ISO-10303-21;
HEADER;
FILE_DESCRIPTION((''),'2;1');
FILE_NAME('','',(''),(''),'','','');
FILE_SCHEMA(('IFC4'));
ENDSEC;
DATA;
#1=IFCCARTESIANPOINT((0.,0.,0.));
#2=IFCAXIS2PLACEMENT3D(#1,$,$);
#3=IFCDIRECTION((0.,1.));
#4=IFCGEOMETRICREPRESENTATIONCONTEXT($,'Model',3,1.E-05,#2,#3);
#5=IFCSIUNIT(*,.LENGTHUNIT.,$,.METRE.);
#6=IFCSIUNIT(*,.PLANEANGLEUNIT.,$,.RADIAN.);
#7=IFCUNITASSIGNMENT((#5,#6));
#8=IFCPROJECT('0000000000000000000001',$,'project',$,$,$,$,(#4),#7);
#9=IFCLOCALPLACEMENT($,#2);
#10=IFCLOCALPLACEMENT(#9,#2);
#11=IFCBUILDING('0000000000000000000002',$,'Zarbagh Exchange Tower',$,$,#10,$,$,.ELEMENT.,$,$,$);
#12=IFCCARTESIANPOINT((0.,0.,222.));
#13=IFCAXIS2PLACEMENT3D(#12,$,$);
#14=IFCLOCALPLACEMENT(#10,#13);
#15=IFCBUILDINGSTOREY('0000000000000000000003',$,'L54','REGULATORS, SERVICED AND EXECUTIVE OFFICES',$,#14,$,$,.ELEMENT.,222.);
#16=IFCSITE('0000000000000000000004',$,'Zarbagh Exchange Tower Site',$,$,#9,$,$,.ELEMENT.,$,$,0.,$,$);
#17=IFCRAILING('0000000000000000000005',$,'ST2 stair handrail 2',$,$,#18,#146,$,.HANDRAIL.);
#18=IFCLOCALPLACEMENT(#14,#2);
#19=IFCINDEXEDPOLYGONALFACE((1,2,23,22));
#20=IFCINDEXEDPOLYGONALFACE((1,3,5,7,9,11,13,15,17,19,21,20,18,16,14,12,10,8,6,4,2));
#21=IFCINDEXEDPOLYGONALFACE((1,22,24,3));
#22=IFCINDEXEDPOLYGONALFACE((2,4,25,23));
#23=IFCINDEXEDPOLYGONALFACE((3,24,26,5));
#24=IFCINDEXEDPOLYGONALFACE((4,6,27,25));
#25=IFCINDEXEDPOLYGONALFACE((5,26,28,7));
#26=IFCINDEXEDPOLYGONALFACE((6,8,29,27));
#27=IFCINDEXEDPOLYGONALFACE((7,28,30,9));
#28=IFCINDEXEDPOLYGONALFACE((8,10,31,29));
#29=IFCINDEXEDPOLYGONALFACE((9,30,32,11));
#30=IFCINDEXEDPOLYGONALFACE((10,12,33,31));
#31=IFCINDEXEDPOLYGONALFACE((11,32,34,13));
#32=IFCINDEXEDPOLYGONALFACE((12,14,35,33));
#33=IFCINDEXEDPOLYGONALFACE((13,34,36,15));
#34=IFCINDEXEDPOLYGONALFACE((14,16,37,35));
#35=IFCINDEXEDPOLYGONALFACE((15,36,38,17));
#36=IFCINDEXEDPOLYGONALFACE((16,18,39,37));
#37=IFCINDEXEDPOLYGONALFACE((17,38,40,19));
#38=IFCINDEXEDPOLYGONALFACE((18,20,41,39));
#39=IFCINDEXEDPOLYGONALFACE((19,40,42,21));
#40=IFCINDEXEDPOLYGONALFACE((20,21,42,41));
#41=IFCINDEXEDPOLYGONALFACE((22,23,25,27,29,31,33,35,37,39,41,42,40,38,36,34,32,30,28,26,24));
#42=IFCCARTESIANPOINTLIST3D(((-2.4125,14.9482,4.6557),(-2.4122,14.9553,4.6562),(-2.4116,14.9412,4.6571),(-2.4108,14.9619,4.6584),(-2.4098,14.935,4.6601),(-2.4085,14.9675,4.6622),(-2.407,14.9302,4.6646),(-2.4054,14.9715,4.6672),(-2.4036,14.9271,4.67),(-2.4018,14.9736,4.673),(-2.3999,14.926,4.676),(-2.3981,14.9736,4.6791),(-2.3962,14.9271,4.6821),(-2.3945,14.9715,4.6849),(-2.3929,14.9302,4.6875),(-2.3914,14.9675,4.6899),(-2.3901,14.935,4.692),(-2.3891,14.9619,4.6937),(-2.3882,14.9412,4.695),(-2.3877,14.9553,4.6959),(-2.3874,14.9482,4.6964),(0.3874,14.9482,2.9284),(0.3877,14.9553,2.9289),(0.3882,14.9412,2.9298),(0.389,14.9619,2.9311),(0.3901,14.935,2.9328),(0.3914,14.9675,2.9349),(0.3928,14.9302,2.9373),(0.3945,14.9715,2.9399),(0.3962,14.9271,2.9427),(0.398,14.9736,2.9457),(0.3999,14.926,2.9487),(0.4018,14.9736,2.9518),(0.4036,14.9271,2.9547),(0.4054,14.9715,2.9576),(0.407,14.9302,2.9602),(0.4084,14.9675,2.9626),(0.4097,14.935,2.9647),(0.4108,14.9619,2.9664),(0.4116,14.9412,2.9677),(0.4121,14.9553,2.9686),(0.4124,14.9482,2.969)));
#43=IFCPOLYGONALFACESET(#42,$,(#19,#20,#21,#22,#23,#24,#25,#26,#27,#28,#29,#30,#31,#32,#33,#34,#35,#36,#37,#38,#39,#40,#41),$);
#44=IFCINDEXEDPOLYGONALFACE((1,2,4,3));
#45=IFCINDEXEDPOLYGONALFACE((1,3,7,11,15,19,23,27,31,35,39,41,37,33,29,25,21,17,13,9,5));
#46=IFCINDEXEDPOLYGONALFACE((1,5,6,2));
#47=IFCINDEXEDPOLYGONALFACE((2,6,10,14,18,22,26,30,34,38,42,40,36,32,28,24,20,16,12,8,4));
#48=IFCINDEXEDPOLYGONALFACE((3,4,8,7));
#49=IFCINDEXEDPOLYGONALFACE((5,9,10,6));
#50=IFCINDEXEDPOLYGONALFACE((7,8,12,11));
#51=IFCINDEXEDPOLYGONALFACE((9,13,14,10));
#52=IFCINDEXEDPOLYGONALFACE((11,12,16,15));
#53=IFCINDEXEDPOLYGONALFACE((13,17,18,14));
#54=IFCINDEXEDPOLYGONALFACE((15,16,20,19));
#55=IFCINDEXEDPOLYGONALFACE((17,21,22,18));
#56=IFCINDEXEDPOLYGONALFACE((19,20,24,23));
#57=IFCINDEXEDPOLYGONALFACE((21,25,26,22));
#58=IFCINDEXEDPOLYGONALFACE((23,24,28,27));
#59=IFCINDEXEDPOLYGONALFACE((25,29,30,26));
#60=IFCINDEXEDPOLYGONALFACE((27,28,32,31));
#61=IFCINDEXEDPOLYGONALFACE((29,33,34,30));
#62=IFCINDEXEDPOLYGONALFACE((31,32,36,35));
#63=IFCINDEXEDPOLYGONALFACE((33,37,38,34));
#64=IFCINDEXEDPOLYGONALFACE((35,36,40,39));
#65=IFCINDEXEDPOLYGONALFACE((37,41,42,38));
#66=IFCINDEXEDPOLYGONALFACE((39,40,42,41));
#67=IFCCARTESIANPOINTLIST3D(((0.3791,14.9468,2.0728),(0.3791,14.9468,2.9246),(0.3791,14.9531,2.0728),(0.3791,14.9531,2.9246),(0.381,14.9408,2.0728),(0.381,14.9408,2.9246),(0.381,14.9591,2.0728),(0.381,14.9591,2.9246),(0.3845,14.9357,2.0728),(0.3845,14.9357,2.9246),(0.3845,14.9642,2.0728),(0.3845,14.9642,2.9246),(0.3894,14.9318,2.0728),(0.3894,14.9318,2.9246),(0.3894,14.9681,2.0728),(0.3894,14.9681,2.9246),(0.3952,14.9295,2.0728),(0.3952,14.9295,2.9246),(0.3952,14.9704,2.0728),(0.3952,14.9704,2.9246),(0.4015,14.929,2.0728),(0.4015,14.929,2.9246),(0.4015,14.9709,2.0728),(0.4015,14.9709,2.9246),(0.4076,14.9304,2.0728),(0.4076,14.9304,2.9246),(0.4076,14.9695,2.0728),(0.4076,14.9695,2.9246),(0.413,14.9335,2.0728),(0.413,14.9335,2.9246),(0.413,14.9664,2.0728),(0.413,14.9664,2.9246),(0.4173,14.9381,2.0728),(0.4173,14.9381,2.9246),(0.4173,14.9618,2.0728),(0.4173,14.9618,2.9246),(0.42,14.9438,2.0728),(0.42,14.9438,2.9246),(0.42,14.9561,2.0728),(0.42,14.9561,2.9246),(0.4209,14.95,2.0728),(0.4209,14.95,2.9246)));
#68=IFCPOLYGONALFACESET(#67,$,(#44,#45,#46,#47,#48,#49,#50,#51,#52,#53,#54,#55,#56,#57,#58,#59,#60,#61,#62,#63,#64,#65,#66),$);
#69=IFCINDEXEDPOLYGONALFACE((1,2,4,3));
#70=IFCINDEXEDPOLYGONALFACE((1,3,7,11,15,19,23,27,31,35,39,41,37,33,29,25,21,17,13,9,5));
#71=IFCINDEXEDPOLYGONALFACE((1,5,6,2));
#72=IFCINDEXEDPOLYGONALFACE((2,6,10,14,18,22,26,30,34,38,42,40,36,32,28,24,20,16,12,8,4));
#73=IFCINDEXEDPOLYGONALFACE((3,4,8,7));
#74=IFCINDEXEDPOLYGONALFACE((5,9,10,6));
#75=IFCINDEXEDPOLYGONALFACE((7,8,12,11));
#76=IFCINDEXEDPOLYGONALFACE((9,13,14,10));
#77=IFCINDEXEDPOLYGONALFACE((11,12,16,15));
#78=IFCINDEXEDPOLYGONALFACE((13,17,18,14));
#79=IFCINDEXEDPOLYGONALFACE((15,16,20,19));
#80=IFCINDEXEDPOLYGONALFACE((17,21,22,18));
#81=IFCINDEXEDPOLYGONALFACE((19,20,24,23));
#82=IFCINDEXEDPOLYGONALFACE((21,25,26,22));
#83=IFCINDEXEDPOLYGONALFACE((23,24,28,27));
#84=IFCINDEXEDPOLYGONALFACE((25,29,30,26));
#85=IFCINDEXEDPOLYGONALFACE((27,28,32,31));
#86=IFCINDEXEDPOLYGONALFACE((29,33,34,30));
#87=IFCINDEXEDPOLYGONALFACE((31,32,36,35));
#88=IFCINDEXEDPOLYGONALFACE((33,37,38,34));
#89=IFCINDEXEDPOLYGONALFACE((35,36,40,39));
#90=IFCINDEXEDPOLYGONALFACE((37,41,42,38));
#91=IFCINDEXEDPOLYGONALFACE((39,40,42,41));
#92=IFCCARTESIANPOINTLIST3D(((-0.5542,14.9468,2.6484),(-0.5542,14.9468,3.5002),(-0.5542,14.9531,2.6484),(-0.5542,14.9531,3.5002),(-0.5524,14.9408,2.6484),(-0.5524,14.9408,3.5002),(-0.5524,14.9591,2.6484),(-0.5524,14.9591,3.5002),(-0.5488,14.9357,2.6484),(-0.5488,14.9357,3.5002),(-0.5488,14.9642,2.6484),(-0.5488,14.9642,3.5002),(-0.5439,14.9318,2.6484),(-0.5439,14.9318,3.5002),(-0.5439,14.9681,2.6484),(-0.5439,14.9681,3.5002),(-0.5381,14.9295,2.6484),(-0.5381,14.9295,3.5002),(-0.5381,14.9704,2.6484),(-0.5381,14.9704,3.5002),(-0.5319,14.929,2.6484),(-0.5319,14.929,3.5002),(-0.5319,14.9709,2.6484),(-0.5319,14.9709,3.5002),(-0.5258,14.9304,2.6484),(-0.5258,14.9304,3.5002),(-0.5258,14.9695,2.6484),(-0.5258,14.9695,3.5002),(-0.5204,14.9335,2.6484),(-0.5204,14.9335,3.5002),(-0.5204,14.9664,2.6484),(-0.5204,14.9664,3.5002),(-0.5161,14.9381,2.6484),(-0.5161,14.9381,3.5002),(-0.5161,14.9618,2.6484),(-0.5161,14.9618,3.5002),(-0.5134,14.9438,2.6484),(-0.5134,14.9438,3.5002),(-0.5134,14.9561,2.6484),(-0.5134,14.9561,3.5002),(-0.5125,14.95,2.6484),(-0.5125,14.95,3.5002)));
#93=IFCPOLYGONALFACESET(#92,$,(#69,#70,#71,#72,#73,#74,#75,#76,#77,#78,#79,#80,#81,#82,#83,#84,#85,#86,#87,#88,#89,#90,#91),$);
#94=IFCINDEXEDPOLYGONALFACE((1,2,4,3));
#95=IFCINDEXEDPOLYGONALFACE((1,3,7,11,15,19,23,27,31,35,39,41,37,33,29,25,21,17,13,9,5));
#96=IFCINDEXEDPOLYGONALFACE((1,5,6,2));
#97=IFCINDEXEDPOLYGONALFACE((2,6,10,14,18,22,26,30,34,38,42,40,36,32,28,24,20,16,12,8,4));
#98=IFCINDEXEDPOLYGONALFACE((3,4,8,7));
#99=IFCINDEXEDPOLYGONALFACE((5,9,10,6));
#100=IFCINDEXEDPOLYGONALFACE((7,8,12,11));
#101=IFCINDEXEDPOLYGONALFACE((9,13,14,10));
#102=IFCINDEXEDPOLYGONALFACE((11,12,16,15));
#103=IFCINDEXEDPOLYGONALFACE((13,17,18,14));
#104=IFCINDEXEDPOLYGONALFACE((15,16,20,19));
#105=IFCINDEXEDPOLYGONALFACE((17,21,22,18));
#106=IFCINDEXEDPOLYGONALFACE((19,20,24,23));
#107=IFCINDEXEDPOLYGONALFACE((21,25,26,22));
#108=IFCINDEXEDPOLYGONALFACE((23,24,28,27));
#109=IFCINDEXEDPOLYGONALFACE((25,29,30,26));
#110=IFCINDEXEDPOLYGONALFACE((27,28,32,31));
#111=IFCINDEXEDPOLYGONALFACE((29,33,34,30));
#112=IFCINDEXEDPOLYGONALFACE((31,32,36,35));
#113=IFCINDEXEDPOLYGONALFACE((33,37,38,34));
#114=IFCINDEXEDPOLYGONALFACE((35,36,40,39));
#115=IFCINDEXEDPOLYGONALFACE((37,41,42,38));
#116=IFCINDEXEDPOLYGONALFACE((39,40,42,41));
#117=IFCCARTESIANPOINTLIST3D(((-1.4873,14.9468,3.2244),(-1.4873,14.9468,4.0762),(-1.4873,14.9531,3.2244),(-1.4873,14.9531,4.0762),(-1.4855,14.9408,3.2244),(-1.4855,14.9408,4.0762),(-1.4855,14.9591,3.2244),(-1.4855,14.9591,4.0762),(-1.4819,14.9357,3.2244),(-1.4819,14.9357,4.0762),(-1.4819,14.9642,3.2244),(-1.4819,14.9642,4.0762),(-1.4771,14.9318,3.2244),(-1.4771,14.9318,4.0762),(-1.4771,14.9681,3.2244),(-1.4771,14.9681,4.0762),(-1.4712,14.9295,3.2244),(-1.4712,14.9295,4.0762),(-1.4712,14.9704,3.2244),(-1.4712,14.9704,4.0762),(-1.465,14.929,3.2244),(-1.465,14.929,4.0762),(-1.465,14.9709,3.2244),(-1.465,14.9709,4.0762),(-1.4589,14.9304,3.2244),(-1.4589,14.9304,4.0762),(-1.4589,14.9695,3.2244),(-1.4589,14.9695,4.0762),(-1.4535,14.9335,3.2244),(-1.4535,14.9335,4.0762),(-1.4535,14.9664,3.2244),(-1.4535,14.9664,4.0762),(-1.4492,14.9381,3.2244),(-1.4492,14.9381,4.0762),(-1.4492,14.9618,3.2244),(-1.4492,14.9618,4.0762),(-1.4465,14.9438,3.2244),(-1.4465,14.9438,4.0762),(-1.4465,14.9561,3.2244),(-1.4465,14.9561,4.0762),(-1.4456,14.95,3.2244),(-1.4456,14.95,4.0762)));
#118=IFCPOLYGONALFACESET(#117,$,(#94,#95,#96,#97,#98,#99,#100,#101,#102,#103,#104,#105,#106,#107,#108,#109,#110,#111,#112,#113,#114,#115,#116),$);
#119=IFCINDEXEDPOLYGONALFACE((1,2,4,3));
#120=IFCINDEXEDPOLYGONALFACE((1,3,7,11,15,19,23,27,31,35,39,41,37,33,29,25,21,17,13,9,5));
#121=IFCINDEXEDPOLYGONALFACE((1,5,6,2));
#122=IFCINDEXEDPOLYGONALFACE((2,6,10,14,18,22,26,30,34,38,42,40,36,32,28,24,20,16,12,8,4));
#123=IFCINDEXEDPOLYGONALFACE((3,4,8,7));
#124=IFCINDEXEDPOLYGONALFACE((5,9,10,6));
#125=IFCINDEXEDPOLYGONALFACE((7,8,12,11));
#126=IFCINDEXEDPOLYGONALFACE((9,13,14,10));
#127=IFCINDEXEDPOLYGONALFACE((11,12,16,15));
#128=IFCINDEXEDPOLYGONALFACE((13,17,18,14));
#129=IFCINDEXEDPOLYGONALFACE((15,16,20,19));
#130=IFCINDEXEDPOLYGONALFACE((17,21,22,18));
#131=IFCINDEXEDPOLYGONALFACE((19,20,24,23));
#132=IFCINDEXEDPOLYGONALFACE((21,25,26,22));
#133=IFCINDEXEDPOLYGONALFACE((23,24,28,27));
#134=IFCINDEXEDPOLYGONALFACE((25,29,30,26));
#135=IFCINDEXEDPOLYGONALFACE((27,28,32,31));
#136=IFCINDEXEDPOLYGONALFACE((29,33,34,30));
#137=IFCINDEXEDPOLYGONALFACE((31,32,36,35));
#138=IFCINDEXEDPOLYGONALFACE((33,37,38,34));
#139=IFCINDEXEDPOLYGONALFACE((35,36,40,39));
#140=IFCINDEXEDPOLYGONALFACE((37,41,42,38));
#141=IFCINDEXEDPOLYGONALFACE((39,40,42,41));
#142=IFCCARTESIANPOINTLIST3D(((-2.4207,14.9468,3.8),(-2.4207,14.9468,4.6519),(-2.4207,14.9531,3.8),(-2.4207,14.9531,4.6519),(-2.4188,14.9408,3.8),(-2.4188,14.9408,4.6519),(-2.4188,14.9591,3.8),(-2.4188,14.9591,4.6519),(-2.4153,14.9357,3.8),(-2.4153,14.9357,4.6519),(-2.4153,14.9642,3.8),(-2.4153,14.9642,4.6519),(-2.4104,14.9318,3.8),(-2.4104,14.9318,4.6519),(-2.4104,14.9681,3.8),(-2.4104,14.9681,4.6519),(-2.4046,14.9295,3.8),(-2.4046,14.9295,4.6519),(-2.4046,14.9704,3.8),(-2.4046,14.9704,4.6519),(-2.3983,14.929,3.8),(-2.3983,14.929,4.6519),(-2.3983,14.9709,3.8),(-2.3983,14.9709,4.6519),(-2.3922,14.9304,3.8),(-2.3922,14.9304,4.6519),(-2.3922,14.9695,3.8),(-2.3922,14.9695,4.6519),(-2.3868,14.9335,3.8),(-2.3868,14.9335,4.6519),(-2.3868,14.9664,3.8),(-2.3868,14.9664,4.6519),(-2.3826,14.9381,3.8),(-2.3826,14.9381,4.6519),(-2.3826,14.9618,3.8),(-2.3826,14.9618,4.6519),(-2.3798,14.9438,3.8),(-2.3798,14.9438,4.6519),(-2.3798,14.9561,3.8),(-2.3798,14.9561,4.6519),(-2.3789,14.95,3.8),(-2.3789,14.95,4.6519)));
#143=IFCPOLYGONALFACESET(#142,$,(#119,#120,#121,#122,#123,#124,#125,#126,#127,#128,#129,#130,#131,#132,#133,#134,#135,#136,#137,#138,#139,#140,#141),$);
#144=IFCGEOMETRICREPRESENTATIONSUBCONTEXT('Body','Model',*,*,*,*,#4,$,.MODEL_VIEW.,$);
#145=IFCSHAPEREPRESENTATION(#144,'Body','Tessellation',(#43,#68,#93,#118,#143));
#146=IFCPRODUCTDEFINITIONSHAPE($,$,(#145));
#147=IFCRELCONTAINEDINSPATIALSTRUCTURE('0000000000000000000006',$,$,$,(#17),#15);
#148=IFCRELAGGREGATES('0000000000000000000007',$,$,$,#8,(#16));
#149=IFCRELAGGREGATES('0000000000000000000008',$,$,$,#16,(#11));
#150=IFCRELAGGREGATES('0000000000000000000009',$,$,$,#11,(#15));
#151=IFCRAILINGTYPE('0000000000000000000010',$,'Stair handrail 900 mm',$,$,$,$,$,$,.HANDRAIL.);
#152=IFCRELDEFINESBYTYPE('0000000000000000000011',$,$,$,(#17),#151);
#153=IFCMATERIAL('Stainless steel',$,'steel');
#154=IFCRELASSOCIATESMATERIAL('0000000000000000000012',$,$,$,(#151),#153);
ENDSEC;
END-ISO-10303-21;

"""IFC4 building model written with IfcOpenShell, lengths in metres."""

from ifc_helpers import new_model, si_unit, direction, frame, origin, origin_2d, place, context, subcontext, project, spatial, circle, extrude, material, type_object, element, save


model = new_model("IFC4")

# Units and contexts
model_context = context("Model", 3, precision=1e-05, world=origin(), true_north=direction((0.0, 1.0)))
body_context = subcontext(model_context, "Body", "Model", "MODEL_VIEW")
ifc_project = project(units=[si_unit("LENGTHUNIT", "METRE"), si_unit("PLANEANGLEUNIT", "RADIAN")], contexts=[model_context])

# Site, building, storey
site_placement = place(None, origin())
site = spatial("IfcSite", under=ifc_project, at=site_placement, Name="Zarbagh Exchange Tower Site", CompositionType="ELEMENT", RefElevation=0.0)
building_placement = place(site_placement, origin())
building = spatial("IfcBuilding", under=site, at=building_placement, Name="Zarbagh Exchange Tower", CompositionType="ELEMENT")
storey_placement = place(building_placement, frame((0.0, 0.0, 222.0)))
storey = spatial("IfcBuildingStorey", under=building, at=storey_placement, Name="L54", Description="REGULATORS, SERVICED AND EXECUTIVE OFFICES", CompositionType="ELEMENT", Elevation=222.0)

# Shared definitions
ifc_material_1 = material(Name="Stainless steel", Category="steel")

# Railing
railing_type_1 = type_object("IfcRailingType", Name="Stair handrail 900 mm", PredefinedType="HANDRAIL", material=ifc_material_1)
railing_1_placement = place(storey_placement, frame((0.3999, 14.95, 2.0728)))
element("IfcRailing", 1, at=railing_1_placement, inside=storey, type_object=railing_type_1, Name="ST2 stair handrail 2", PredefinedType="HANDRAIL", context=body_context, shape_type="SweptSolid", body=[
    extrude(circle(Radius=0.0239, at=origin_2d()), frame((0.0, 0.0, 0.876), z_axis=(-0.851069, 0.0, 0.525054), x_axis=(0.0, -1.0, 0.0)), (0.0, 0.0, 1.0), 3.2898),
    extrude(circle(Radius=0.021, at=origin_2d()), origin(), (0.0, 0.0, 1.0), 0.8518),
    extrude(circle(Radius=0.021, at=origin_2d()), frame((-0.9333, 0.0, 0.5757)), (0.0, 0.0, 1.0), 0.8518),
    extrude(circle(Radius=0.021, at=origin_2d()), frame((-1.8665, 0.0, 1.1516)), (0.0, 0.0, 1.0), 0.8518),
    extrude(circle(Radius=0.021, at=origin_2d()), frame((-2.7998, 0.0, 1.7273)), (0.0, 0.0, 1.0), 0.8518),
])

save(model, "model.ifc")
